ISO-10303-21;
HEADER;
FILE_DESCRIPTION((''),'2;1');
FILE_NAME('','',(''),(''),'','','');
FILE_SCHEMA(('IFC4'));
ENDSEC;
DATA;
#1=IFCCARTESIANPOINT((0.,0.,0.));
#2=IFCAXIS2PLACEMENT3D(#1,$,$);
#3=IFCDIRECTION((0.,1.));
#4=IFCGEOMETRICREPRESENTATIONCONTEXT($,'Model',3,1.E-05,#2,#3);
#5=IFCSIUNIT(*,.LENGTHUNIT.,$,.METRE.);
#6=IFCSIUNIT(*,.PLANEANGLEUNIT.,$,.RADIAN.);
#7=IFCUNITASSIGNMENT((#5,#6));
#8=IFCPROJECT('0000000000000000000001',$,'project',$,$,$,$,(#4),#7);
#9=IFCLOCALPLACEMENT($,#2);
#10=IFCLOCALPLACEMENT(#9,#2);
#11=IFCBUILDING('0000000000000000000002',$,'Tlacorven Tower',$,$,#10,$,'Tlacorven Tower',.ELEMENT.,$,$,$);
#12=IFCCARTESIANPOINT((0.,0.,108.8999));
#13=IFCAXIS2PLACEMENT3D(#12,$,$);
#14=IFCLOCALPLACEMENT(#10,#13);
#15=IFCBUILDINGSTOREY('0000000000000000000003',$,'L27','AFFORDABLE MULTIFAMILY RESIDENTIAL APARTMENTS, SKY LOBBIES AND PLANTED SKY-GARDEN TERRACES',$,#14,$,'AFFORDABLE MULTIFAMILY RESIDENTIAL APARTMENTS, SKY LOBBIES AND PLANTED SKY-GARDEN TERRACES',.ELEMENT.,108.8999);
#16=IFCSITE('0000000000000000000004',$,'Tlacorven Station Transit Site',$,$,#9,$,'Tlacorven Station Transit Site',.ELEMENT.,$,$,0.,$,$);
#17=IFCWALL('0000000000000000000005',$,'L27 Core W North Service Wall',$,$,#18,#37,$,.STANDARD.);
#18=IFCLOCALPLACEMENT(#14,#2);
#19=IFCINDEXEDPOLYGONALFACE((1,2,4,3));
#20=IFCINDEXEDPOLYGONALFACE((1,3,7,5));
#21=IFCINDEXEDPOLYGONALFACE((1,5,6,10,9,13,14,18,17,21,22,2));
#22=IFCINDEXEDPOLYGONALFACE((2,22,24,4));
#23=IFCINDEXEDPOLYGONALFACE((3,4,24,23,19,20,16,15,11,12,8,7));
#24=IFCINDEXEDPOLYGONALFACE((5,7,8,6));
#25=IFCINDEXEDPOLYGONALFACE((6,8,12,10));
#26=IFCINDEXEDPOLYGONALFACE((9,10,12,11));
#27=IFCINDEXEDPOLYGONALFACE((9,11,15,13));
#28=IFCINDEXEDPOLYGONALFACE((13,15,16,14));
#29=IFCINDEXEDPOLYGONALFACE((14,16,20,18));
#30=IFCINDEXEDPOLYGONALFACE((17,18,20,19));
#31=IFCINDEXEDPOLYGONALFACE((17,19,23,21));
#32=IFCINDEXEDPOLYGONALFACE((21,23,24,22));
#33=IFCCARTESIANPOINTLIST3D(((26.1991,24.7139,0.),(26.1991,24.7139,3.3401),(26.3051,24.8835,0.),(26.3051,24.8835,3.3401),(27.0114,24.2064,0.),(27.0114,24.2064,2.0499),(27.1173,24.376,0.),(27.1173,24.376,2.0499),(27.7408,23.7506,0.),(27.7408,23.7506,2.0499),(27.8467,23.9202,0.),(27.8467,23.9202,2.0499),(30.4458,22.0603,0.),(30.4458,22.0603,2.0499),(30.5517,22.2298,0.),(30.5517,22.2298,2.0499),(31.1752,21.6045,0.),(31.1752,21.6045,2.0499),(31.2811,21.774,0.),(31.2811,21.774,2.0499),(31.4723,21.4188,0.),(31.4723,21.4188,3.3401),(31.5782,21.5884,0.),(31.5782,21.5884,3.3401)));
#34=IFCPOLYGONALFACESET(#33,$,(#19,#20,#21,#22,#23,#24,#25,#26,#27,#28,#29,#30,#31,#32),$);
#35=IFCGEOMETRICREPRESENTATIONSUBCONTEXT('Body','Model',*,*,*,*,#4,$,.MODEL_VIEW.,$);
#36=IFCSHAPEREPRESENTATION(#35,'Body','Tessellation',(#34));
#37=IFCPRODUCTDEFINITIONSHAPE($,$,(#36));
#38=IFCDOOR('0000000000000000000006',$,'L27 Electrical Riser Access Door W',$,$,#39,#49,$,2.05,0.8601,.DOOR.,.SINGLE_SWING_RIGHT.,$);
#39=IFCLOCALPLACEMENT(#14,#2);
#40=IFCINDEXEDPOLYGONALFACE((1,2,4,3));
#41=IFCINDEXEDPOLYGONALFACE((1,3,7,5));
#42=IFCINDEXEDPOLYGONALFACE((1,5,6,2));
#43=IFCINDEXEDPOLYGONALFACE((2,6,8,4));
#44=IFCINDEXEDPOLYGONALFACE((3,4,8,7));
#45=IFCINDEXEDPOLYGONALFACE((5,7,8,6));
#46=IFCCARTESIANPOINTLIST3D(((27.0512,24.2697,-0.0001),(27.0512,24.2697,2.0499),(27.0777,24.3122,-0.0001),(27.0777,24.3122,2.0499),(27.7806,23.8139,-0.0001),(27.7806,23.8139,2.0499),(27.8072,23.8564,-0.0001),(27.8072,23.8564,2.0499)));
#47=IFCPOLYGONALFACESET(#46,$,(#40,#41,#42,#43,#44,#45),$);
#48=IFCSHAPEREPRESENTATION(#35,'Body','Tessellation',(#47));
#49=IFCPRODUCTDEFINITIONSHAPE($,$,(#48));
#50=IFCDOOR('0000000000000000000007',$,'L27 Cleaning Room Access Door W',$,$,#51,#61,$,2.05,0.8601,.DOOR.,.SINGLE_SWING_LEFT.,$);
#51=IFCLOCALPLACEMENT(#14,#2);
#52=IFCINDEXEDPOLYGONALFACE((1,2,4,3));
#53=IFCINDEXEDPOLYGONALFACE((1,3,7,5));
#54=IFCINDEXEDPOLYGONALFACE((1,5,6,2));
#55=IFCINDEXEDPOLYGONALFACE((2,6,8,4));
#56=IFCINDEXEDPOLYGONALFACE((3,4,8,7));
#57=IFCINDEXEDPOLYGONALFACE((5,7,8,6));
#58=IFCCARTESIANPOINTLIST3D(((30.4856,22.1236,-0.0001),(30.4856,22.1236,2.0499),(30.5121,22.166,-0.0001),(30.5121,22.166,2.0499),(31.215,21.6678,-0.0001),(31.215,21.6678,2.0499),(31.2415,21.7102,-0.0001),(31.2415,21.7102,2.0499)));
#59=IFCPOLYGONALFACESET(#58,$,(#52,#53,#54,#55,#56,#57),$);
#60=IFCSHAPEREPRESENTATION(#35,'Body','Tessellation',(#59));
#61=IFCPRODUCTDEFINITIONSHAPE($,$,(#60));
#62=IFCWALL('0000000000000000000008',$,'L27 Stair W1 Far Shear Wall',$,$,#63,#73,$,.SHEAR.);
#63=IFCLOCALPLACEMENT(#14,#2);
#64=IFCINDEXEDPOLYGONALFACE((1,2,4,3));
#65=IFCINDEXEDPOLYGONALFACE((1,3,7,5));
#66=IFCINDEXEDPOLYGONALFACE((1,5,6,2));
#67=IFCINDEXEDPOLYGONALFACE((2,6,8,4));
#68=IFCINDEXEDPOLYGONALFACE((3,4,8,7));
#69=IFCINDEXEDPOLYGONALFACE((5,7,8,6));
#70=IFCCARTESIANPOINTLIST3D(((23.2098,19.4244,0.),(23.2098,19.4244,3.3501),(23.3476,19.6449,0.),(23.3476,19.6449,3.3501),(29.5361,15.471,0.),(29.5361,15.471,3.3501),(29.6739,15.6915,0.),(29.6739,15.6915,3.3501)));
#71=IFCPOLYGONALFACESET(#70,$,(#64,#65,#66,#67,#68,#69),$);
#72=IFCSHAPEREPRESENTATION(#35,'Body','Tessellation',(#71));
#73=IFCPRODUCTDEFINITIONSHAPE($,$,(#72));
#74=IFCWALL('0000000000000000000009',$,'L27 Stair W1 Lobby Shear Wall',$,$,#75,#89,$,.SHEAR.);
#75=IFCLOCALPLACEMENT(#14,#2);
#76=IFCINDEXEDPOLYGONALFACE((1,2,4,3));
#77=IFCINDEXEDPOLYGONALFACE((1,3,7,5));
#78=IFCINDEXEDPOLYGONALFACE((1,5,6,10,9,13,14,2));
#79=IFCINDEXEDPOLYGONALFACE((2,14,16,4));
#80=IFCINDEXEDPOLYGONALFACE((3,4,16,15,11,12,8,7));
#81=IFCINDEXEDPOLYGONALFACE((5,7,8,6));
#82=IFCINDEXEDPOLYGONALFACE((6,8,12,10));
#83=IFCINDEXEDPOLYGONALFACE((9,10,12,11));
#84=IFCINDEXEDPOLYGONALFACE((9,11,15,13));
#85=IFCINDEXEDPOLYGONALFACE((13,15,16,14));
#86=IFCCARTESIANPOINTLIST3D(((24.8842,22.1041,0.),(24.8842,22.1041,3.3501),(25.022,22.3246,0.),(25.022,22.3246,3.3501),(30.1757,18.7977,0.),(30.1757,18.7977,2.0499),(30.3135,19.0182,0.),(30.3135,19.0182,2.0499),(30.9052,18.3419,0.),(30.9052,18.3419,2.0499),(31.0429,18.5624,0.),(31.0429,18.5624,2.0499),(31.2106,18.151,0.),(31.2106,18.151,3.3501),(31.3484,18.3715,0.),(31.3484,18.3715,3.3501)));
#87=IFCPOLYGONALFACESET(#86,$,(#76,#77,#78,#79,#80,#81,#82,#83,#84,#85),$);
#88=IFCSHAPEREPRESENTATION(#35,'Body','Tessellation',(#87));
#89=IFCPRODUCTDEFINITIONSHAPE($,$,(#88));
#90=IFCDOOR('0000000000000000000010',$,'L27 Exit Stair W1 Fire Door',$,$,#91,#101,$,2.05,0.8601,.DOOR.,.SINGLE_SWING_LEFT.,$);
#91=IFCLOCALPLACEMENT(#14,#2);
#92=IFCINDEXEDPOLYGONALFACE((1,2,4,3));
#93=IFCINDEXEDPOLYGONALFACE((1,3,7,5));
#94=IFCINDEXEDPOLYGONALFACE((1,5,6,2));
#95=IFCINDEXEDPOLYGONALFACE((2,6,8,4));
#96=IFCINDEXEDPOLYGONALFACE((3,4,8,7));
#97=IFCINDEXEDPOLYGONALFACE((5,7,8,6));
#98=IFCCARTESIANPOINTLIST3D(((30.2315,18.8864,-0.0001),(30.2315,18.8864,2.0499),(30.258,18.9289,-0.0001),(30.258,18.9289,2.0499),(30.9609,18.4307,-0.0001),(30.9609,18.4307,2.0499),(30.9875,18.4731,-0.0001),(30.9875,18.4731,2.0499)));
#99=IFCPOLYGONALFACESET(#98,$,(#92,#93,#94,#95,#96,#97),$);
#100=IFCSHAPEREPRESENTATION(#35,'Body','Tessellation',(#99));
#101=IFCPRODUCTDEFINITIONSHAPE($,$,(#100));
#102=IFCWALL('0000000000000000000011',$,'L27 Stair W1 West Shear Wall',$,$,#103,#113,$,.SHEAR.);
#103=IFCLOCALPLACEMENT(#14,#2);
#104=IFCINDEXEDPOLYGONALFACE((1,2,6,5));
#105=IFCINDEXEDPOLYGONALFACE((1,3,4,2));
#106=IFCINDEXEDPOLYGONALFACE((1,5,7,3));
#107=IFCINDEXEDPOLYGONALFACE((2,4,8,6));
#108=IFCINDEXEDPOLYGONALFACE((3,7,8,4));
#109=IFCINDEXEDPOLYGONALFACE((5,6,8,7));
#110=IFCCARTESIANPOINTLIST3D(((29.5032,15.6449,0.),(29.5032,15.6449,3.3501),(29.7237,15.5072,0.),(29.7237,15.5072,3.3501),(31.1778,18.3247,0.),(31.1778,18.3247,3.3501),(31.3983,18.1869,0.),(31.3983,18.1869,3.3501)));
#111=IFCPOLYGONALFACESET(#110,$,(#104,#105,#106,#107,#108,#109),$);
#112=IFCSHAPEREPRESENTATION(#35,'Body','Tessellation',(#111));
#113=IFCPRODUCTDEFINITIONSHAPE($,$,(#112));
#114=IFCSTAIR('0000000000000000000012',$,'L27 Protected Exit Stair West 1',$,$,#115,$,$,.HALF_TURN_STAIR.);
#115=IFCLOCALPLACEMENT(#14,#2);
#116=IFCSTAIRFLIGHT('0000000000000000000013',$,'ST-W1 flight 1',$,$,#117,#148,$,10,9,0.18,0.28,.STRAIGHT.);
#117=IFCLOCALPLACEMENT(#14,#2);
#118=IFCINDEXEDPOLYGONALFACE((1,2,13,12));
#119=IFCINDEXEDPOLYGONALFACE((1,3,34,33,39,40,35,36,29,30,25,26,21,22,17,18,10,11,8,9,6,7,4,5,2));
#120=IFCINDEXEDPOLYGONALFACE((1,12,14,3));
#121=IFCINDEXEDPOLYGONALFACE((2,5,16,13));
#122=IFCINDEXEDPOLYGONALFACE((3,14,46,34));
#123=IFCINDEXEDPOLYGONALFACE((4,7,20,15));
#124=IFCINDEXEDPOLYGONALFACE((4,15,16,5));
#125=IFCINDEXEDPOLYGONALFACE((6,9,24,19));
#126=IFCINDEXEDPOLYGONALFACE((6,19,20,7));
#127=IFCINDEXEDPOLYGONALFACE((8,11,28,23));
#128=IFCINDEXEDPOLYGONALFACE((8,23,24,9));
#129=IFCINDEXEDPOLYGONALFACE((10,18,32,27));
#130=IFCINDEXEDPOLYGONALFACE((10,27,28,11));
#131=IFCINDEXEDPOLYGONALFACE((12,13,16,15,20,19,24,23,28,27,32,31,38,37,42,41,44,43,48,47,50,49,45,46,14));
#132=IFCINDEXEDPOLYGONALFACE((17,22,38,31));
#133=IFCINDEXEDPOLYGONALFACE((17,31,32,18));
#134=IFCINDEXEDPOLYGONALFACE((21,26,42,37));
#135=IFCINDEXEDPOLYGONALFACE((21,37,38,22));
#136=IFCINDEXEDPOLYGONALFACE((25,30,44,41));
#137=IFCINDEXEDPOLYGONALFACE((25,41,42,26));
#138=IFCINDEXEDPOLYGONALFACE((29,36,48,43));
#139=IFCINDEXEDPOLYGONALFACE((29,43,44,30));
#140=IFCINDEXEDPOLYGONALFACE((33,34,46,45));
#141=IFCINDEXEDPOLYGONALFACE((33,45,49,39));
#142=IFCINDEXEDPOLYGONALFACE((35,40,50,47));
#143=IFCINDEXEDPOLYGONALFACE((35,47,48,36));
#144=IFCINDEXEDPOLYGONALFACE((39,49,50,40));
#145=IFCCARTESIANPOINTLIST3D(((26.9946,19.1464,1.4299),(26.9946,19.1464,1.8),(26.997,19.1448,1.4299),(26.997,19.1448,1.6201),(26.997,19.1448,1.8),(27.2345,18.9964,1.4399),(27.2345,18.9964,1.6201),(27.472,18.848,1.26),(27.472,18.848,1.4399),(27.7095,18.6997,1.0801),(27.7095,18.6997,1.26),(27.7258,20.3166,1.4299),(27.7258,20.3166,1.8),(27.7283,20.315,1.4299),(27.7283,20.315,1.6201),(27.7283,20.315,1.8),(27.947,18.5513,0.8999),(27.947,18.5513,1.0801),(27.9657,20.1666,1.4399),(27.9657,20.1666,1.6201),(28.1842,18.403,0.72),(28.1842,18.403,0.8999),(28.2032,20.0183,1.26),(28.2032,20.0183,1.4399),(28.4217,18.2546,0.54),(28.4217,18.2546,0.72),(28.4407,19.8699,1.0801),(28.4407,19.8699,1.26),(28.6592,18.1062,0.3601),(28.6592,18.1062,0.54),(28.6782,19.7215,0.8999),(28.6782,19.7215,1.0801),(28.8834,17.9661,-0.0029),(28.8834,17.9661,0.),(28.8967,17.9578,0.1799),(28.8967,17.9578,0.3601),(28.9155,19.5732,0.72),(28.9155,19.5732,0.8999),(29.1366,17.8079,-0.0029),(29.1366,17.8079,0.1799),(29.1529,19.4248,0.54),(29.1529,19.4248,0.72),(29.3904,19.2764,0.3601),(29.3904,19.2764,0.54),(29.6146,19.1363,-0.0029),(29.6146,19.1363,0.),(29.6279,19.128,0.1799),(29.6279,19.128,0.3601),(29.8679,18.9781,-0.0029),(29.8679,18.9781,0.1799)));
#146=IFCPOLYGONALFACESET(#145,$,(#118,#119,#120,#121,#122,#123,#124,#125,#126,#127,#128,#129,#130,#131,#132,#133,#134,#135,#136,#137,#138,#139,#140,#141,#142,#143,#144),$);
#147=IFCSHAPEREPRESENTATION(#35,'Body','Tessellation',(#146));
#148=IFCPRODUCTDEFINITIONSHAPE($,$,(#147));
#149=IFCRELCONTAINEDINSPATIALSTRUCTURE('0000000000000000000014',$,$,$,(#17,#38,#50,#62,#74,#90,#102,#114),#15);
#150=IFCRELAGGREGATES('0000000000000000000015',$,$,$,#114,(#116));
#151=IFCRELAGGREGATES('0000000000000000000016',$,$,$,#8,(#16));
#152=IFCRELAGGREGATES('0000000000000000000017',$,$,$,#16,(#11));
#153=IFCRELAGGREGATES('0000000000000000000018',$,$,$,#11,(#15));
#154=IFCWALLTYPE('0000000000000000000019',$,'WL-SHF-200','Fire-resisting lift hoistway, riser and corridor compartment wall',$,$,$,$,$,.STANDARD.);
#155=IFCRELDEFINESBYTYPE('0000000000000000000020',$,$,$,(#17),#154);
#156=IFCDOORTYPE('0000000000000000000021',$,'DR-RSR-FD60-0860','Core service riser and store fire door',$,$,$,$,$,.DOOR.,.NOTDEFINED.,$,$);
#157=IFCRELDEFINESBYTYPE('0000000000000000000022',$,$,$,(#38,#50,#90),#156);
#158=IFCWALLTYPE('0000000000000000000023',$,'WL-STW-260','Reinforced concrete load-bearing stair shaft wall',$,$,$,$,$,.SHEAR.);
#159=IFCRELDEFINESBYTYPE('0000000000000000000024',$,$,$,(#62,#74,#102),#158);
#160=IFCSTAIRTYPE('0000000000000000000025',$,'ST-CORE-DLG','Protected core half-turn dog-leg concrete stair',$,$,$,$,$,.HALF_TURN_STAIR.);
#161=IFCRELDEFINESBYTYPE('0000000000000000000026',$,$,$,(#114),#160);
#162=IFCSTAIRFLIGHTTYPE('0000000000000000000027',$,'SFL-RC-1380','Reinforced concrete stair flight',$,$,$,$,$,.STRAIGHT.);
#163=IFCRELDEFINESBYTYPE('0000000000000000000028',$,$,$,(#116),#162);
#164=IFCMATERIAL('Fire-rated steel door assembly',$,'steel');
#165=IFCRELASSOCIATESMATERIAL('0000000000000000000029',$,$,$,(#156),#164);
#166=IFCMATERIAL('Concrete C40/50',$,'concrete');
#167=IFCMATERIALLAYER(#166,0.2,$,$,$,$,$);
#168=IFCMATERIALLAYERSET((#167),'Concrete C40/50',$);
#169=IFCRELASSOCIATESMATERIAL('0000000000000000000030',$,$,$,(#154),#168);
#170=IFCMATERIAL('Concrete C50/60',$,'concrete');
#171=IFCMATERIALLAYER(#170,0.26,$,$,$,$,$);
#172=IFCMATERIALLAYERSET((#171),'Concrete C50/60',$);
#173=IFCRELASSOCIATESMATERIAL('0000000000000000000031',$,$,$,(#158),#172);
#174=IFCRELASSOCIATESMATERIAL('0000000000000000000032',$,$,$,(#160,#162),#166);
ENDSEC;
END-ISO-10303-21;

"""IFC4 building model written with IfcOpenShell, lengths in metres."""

from ifc_helpers import new_model, si_unit, direction, frame, frame_2d, origin, place, context, subcontext, project, spatial, polyline, rectangle, outline, extrude, source, transform, mapped, material, layer, layer_set, type_object, element, fill, aggregate, save


model = new_model("IFC4")

# Units and contexts
model_context = context("Model", 3, precision=1e-05, world=origin(), true_north=direction((0.0, 1.0)))
body_context = subcontext(model_context, "Body", "Model", "MODEL_VIEW")
ifc_project = project(units=[si_unit("LENGTHUNIT", "METRE"), si_unit("PLANEANGLEUNIT", "RADIAN")], contexts=[model_context])

# Site, building, storey
site_placement = place(None, origin())
site = spatial("IfcSite", under=ifc_project, at=site_placement, Name="Tlacorven Station Transit Site", LongName="Tlacorven Station Transit Site", CompositionType="ELEMENT", RefElevation=0.0)
building_placement = place(site_placement, origin())
building = spatial("IfcBuilding", under=site, at=building_placement, Name="Tlacorven Tower", LongName="Tlacorven Tower", CompositionType="ELEMENT")
storey_placement = place(building_placement, frame((0.0, 0.0, 108.8999)))
storey = spatial("IfcBuildingStorey", under=building, at=storey_placement, Name="L27", Description="AFFORDABLE MULTIFAMILY RESIDENTIAL APARTMENTS, SKY LOBBIES AND PLANTED SKY-GARDEN TERRACES", LongName="AFFORDABLE MULTIFAMILY RESIDENTIAL APARTMENTS, SKY LOBBIES AND PLANTED SKY-GARDEN TERRACES", CompositionType="ELEMENT", Elevation=108.8999)

# Shared definitions
ifc_material_1 = material(Name="Fire-rated steel door assembly", Category="steel")
door_type_1 = type_object("IfcDoorType", Name="DR-RSR-FD60-0860", Description="Core service riser and store fire door", OperationType="NOTDEFINED", PredefinedType="DOOR", material=ifc_material_1)
shared_shape_1 = source(origin(), body_context, "Body", "SweptSolid", [
    extrude(rectangle(XDim=0.8601, YDim=2.05, at=frame_2d((0.4302, 1.0249))), frame((0.0, 0.0249, 0.0), z_axis=(0.0, -1.0, 0.0), x_axis=(1.0, 0.0, 0.0)), (0.0, 0.0, 1.0), 0.05),
])

# Shared definitions
ifc_material_2 = material(Name="Concrete C40/50", Category="concrete")
ifc_layer_1 = layer(ifc_material_2, 0.2)
ifc_layer_set_1 = layer_set([ifc_layer_1], Name="Concrete C40/50")
wall_type_1 = type_object("IfcWallType", Name="WL-SHF-200", Description="Fire-resisting lift hoistway, riser and corridor compartment wall", PredefinedType="STANDARD", material=ifc_layer_set_1)

# Wall, openings, doors
wall_1_placement = place(storey_placement, frame((31.5251, 21.5037, 0.0), z_axis=(0.0, 0.0, 1.0), x_axis=(-0.84804, 0.529932, 0.0)))
wall_1 = element("IfcWall", 1, at=wall_1_placement, inside=storey, type_object=wall_type_1, Name="L27 Core W North Service Wall", PredefinedType="STANDARD", context=body_context, shape_type="SweptSolid", body=[
    extrude(rectangle(XDim=6.218, YDim=0.2, at=frame_2d((3.1089, 0.0))), origin(), (0.0, 0.0, 1.0), 3.3401),
])
opening_1_placement = place(wall_1_placement, frame((4.3999, 0.0, 0.0)))
opening_1 = element("IfcOpeningElement", 2, at=opening_1_placement, cuts=wall_1, PredefinedType="OPENING", context=body_context, shape_type="SweptSolid", body=[
    extrude(rectangle(XDim=0.8601, YDim=2.05, at=frame_2d((0.4302, 1.0249))), frame((0.0, 0.1099, 0.0), z_axis=(0.0, -1.0, 0.0), x_axis=(1.0, 0.0, 0.0)), (0.0, 0.0, 1.0), 0.22),
])
opening_2_placement = place(wall_1_placement, frame((0.3501, 0.0, 0.0)))
opening_2 = element("IfcOpeningElement", 3, at=opening_2_placement, cuts=wall_1, PredefinedType="OPENING", context=body_context, shape_type="SweptSolid", body=[
    extrude(rectangle(XDim=0.8601, YDim=2.05, at=frame_2d((0.4302, 1.0249))), frame((0.0, 0.1099, 0.0), z_axis=(0.0, -1.0, 0.0), x_axis=(1.0, 0.0, 0.0)), (0.0, 0.0, 1.0), 0.22),
])
door_1_placement = place(opening_1_placement, frame((0.8601, 0.0, 0.0), z_axis=(0.0, 0.0, 1.0), x_axis=(-1.0, 0.0, 0.0)))
door_1 = element("IfcDoor", 4, at=door_1_placement, inside=storey, type_object=door_type_1, Name="L27 Electrical Riser Access Door W", OperationType="SINGLE_SWING_RIGHT", OverallHeight=2.05, OverallWidth=0.8601, PredefinedType="DOOR", context=body_context, shape_type="MappedRepresentation", body=[
    mapped(shared_shape_1, transform((0.0, 0.0, 0.0), scale=1.0)),
])
fill(opening_1, door_1)
door_2_placement = place(opening_2_placement, frame((0.8601, 0.0, 0.0), z_axis=(0.0, 0.0, 1.0), x_axis=(-1.0, 0.0, 0.0)))
door_2 = element("IfcDoor", 5, at=door_2_placement, inside=storey, type_object=door_type_1, Name="L27 Cleaning Room Access Door W", OperationType="SINGLE_SWING_LEFT", OverallHeight=2.05, OverallWidth=0.8601, PredefinedType="DOOR", context=body_context, shape_type="MappedRepresentation", body=[
    mapped(shared_shape_1, transform((0.0, 0.0, 0.0), scale=1.0)),
])
fill(opening_2, door_2)

# Wall
ifc_material_3 = material(Name="Concrete C50/60", Category="concrete")
ifc_layer_2 = layer(ifc_material_3, 0.26)
ifc_layer_set_2 = layer_set([ifc_layer_2], Name="Concrete C50/60")
wall_type_2 = type_object("IfcWallType", Name="WL-STW-260", Description="Reinforced concrete load-bearing stair shaft wall", PredefinedType="SHEAR", material=ifc_layer_set_2)
wall_2_placement = place(storey_placement, frame((29.605, 15.5813, 0.0), z_axis=(0.0, 0.0, 1.0), x_axis=(-0.848037, 0.529937, 0.0)))
element("IfcWall", 6, at=wall_2_placement, inside=storey, type_object=wall_type_2, Name="L27 Stair W1 Far Shear Wall", PredefinedType="SHEAR", context=body_context, shape_type="SweptSolid", body=[
    extrude(rectangle(XDim=7.46, YDim=0.26, at=frame_2d((3.73, 0.0))), origin(), (0.0, 0.0, 1.0), 3.3501),
])

# Wall, opening, door
wall_3_placement = place(storey_placement, frame((31.2795, 18.2612, 0.0), z_axis=(0.0, 0.0, 1.0), x_axis=(-0.848052, 0.529914, 0.0)))
wall_3 = element("IfcWall", 7, at=wall_3_placement, inside=storey, type_object=wall_type_2, Name="L27 Stair W1 Lobby Shear Wall", PredefinedType="SHEAR", context=body_context, shape_type="SweptSolid", body=[
    extrude(rectangle(XDim=7.46, YDim=0.26, at=frame_2d((3.73, 0.0))), origin(), (0.0, 0.0, 1.0), 3.3501),
])
opening_3_placement = place(wall_3_placement, frame((0.3601, 0.0, 0.0)))
opening_3 = element("IfcOpeningElement", 8, at=opening_3_placement, cuts=wall_3, PredefinedType="OPENING", context=body_context, shape_type="SweptSolid", body=[
    extrude(rectangle(XDim=0.8601, YDim=2.05, at=frame_2d((0.4302, 1.0249))), frame((0.0, 0.1401, 0.0), z_axis=(0.0, -1.0, 0.0), x_axis=(1.0, 0.0, 0.0)), (0.0, 0.0, 1.0), 0.28),
])
door_3_placement = place(opening_3_placement, frame((0.8601, 0.0, 0.0), z_axis=(0.0, 0.0, 1.0), x_axis=(-1.0, 0.0, 0.0)))
door_3 = element("IfcDoor", 9, at=door_3_placement, inside=storey, type_object=door_type_1, Name="L27 Exit Stair W1 Fire Door", OperationType="SINGLE_SWING_LEFT", OverallHeight=2.05, OverallWidth=0.8601, PredefinedType="DOOR", context=body_context, shape_type="MappedRepresentation", body=[
    mapped(shared_shape_1, transform((0.0, 0.0, 0.0), scale=1.0)),
])
fill(opening_3, door_3)

# Wall
wall_4_placement = place(storey_placement, frame((31.2881, 18.2559, 0.0), z_axis=(0.0, 0.0, 1.0), x_axis=(-0.529943, -0.848033, 0.0)))
element("IfcWall", 10, at=wall_4_placement, inside=storey, type_object=wall_type_2, Name="L27 Stair W1 West Shear Wall", PredefinedType="SHEAR", context=body_context, shape_type="SweptSolid", body=[
    extrude(rectangle(XDim=3.1599, YDim=0.26, at=frame_2d((1.5801, 0.0))), origin(), (0.0, 0.0, 1.0), 3.3501),
])

# Stair, stair flight
stair_type = type_object("IfcStairType", Name="ST-CORE-DLG", Description="Protected core half-turn dog-leg concrete stair", PredefinedType="HALF_TURN_STAIR", material=ifc_material_2)
stair_placement = place(storey_placement, origin())
stair = element("IfcStair", 11, at=stair_placement, inside=storey, type_object=stair_type, Name="L27 Protected Exit Stair West 1", PredefinedType="HALF_TURN_STAIR")
stair_flight_type = type_object("IfcStairFlightType", Name="SFL-RC-1380", Description="Reinforced concrete stair flight", PredefinedType="STRAIGHT", material=ifc_material_2)
shared_shape_2 = source(origin(), body_context, "Body", "SweptSolid", [
    extrude(outline(polyline([(-0.0029, -0.0029), (-0.0029, 0.1799), (0.28, 0.1799), (0.28, 0.3601), (0.5601, 0.3601), (0.5601, 0.54), (0.8401, 0.54), (0.8401, 0.72), (1.1201, 0.72), (1.1201, 0.8999), (1.3999, 0.8999), (1.3999, 1.0801), (1.6799, 1.0801), (1.6799, 1.26), (1.96, 1.26), (1.96, 1.4399), (2.24, 1.4399), (2.24, 1.6201), (2.52, 1.6201), (2.52, 1.8), (2.5229, 1.8), (2.5229, 1.4299), (2.52, 1.4299), (0.2957, 0.0), (0.2957, -0.0029), (-0.0029, -0.0029)])), frame((0.0, 0.6899, 0.0), z_axis=(0.0, -1.0, 0.0), x_axis=(1.0, 0.0, 0.0)), (0.0, 0.0, 1.0), 1.3799),
])
stair_flight_1_placement = place(storey_placement, frame((29.4998, 18.3945, 0.0), z_axis=(0.0, 0.0, 1.0), x_axis=(-0.848048, 0.529919, 0.0)))
stair_flight_1 = element("IfcStairFlight", 12, at=stair_flight_1_placement, type_object=stair_flight_type, Name="ST-W1 flight 1", NumberOfRisers=10, NumberOfTreads=9, PredefinedType="STRAIGHT", RiserHeight=0.18, TreadLength=0.28, context=body_context, shape_type="MappedRepresentation", body=[
    mapped(shared_shape_2, transform((0.0, 0.0, 0.0), scale=1.0)),
])
aggregate(stair, [stair_flight_1])

save(model, "model.ifc")
